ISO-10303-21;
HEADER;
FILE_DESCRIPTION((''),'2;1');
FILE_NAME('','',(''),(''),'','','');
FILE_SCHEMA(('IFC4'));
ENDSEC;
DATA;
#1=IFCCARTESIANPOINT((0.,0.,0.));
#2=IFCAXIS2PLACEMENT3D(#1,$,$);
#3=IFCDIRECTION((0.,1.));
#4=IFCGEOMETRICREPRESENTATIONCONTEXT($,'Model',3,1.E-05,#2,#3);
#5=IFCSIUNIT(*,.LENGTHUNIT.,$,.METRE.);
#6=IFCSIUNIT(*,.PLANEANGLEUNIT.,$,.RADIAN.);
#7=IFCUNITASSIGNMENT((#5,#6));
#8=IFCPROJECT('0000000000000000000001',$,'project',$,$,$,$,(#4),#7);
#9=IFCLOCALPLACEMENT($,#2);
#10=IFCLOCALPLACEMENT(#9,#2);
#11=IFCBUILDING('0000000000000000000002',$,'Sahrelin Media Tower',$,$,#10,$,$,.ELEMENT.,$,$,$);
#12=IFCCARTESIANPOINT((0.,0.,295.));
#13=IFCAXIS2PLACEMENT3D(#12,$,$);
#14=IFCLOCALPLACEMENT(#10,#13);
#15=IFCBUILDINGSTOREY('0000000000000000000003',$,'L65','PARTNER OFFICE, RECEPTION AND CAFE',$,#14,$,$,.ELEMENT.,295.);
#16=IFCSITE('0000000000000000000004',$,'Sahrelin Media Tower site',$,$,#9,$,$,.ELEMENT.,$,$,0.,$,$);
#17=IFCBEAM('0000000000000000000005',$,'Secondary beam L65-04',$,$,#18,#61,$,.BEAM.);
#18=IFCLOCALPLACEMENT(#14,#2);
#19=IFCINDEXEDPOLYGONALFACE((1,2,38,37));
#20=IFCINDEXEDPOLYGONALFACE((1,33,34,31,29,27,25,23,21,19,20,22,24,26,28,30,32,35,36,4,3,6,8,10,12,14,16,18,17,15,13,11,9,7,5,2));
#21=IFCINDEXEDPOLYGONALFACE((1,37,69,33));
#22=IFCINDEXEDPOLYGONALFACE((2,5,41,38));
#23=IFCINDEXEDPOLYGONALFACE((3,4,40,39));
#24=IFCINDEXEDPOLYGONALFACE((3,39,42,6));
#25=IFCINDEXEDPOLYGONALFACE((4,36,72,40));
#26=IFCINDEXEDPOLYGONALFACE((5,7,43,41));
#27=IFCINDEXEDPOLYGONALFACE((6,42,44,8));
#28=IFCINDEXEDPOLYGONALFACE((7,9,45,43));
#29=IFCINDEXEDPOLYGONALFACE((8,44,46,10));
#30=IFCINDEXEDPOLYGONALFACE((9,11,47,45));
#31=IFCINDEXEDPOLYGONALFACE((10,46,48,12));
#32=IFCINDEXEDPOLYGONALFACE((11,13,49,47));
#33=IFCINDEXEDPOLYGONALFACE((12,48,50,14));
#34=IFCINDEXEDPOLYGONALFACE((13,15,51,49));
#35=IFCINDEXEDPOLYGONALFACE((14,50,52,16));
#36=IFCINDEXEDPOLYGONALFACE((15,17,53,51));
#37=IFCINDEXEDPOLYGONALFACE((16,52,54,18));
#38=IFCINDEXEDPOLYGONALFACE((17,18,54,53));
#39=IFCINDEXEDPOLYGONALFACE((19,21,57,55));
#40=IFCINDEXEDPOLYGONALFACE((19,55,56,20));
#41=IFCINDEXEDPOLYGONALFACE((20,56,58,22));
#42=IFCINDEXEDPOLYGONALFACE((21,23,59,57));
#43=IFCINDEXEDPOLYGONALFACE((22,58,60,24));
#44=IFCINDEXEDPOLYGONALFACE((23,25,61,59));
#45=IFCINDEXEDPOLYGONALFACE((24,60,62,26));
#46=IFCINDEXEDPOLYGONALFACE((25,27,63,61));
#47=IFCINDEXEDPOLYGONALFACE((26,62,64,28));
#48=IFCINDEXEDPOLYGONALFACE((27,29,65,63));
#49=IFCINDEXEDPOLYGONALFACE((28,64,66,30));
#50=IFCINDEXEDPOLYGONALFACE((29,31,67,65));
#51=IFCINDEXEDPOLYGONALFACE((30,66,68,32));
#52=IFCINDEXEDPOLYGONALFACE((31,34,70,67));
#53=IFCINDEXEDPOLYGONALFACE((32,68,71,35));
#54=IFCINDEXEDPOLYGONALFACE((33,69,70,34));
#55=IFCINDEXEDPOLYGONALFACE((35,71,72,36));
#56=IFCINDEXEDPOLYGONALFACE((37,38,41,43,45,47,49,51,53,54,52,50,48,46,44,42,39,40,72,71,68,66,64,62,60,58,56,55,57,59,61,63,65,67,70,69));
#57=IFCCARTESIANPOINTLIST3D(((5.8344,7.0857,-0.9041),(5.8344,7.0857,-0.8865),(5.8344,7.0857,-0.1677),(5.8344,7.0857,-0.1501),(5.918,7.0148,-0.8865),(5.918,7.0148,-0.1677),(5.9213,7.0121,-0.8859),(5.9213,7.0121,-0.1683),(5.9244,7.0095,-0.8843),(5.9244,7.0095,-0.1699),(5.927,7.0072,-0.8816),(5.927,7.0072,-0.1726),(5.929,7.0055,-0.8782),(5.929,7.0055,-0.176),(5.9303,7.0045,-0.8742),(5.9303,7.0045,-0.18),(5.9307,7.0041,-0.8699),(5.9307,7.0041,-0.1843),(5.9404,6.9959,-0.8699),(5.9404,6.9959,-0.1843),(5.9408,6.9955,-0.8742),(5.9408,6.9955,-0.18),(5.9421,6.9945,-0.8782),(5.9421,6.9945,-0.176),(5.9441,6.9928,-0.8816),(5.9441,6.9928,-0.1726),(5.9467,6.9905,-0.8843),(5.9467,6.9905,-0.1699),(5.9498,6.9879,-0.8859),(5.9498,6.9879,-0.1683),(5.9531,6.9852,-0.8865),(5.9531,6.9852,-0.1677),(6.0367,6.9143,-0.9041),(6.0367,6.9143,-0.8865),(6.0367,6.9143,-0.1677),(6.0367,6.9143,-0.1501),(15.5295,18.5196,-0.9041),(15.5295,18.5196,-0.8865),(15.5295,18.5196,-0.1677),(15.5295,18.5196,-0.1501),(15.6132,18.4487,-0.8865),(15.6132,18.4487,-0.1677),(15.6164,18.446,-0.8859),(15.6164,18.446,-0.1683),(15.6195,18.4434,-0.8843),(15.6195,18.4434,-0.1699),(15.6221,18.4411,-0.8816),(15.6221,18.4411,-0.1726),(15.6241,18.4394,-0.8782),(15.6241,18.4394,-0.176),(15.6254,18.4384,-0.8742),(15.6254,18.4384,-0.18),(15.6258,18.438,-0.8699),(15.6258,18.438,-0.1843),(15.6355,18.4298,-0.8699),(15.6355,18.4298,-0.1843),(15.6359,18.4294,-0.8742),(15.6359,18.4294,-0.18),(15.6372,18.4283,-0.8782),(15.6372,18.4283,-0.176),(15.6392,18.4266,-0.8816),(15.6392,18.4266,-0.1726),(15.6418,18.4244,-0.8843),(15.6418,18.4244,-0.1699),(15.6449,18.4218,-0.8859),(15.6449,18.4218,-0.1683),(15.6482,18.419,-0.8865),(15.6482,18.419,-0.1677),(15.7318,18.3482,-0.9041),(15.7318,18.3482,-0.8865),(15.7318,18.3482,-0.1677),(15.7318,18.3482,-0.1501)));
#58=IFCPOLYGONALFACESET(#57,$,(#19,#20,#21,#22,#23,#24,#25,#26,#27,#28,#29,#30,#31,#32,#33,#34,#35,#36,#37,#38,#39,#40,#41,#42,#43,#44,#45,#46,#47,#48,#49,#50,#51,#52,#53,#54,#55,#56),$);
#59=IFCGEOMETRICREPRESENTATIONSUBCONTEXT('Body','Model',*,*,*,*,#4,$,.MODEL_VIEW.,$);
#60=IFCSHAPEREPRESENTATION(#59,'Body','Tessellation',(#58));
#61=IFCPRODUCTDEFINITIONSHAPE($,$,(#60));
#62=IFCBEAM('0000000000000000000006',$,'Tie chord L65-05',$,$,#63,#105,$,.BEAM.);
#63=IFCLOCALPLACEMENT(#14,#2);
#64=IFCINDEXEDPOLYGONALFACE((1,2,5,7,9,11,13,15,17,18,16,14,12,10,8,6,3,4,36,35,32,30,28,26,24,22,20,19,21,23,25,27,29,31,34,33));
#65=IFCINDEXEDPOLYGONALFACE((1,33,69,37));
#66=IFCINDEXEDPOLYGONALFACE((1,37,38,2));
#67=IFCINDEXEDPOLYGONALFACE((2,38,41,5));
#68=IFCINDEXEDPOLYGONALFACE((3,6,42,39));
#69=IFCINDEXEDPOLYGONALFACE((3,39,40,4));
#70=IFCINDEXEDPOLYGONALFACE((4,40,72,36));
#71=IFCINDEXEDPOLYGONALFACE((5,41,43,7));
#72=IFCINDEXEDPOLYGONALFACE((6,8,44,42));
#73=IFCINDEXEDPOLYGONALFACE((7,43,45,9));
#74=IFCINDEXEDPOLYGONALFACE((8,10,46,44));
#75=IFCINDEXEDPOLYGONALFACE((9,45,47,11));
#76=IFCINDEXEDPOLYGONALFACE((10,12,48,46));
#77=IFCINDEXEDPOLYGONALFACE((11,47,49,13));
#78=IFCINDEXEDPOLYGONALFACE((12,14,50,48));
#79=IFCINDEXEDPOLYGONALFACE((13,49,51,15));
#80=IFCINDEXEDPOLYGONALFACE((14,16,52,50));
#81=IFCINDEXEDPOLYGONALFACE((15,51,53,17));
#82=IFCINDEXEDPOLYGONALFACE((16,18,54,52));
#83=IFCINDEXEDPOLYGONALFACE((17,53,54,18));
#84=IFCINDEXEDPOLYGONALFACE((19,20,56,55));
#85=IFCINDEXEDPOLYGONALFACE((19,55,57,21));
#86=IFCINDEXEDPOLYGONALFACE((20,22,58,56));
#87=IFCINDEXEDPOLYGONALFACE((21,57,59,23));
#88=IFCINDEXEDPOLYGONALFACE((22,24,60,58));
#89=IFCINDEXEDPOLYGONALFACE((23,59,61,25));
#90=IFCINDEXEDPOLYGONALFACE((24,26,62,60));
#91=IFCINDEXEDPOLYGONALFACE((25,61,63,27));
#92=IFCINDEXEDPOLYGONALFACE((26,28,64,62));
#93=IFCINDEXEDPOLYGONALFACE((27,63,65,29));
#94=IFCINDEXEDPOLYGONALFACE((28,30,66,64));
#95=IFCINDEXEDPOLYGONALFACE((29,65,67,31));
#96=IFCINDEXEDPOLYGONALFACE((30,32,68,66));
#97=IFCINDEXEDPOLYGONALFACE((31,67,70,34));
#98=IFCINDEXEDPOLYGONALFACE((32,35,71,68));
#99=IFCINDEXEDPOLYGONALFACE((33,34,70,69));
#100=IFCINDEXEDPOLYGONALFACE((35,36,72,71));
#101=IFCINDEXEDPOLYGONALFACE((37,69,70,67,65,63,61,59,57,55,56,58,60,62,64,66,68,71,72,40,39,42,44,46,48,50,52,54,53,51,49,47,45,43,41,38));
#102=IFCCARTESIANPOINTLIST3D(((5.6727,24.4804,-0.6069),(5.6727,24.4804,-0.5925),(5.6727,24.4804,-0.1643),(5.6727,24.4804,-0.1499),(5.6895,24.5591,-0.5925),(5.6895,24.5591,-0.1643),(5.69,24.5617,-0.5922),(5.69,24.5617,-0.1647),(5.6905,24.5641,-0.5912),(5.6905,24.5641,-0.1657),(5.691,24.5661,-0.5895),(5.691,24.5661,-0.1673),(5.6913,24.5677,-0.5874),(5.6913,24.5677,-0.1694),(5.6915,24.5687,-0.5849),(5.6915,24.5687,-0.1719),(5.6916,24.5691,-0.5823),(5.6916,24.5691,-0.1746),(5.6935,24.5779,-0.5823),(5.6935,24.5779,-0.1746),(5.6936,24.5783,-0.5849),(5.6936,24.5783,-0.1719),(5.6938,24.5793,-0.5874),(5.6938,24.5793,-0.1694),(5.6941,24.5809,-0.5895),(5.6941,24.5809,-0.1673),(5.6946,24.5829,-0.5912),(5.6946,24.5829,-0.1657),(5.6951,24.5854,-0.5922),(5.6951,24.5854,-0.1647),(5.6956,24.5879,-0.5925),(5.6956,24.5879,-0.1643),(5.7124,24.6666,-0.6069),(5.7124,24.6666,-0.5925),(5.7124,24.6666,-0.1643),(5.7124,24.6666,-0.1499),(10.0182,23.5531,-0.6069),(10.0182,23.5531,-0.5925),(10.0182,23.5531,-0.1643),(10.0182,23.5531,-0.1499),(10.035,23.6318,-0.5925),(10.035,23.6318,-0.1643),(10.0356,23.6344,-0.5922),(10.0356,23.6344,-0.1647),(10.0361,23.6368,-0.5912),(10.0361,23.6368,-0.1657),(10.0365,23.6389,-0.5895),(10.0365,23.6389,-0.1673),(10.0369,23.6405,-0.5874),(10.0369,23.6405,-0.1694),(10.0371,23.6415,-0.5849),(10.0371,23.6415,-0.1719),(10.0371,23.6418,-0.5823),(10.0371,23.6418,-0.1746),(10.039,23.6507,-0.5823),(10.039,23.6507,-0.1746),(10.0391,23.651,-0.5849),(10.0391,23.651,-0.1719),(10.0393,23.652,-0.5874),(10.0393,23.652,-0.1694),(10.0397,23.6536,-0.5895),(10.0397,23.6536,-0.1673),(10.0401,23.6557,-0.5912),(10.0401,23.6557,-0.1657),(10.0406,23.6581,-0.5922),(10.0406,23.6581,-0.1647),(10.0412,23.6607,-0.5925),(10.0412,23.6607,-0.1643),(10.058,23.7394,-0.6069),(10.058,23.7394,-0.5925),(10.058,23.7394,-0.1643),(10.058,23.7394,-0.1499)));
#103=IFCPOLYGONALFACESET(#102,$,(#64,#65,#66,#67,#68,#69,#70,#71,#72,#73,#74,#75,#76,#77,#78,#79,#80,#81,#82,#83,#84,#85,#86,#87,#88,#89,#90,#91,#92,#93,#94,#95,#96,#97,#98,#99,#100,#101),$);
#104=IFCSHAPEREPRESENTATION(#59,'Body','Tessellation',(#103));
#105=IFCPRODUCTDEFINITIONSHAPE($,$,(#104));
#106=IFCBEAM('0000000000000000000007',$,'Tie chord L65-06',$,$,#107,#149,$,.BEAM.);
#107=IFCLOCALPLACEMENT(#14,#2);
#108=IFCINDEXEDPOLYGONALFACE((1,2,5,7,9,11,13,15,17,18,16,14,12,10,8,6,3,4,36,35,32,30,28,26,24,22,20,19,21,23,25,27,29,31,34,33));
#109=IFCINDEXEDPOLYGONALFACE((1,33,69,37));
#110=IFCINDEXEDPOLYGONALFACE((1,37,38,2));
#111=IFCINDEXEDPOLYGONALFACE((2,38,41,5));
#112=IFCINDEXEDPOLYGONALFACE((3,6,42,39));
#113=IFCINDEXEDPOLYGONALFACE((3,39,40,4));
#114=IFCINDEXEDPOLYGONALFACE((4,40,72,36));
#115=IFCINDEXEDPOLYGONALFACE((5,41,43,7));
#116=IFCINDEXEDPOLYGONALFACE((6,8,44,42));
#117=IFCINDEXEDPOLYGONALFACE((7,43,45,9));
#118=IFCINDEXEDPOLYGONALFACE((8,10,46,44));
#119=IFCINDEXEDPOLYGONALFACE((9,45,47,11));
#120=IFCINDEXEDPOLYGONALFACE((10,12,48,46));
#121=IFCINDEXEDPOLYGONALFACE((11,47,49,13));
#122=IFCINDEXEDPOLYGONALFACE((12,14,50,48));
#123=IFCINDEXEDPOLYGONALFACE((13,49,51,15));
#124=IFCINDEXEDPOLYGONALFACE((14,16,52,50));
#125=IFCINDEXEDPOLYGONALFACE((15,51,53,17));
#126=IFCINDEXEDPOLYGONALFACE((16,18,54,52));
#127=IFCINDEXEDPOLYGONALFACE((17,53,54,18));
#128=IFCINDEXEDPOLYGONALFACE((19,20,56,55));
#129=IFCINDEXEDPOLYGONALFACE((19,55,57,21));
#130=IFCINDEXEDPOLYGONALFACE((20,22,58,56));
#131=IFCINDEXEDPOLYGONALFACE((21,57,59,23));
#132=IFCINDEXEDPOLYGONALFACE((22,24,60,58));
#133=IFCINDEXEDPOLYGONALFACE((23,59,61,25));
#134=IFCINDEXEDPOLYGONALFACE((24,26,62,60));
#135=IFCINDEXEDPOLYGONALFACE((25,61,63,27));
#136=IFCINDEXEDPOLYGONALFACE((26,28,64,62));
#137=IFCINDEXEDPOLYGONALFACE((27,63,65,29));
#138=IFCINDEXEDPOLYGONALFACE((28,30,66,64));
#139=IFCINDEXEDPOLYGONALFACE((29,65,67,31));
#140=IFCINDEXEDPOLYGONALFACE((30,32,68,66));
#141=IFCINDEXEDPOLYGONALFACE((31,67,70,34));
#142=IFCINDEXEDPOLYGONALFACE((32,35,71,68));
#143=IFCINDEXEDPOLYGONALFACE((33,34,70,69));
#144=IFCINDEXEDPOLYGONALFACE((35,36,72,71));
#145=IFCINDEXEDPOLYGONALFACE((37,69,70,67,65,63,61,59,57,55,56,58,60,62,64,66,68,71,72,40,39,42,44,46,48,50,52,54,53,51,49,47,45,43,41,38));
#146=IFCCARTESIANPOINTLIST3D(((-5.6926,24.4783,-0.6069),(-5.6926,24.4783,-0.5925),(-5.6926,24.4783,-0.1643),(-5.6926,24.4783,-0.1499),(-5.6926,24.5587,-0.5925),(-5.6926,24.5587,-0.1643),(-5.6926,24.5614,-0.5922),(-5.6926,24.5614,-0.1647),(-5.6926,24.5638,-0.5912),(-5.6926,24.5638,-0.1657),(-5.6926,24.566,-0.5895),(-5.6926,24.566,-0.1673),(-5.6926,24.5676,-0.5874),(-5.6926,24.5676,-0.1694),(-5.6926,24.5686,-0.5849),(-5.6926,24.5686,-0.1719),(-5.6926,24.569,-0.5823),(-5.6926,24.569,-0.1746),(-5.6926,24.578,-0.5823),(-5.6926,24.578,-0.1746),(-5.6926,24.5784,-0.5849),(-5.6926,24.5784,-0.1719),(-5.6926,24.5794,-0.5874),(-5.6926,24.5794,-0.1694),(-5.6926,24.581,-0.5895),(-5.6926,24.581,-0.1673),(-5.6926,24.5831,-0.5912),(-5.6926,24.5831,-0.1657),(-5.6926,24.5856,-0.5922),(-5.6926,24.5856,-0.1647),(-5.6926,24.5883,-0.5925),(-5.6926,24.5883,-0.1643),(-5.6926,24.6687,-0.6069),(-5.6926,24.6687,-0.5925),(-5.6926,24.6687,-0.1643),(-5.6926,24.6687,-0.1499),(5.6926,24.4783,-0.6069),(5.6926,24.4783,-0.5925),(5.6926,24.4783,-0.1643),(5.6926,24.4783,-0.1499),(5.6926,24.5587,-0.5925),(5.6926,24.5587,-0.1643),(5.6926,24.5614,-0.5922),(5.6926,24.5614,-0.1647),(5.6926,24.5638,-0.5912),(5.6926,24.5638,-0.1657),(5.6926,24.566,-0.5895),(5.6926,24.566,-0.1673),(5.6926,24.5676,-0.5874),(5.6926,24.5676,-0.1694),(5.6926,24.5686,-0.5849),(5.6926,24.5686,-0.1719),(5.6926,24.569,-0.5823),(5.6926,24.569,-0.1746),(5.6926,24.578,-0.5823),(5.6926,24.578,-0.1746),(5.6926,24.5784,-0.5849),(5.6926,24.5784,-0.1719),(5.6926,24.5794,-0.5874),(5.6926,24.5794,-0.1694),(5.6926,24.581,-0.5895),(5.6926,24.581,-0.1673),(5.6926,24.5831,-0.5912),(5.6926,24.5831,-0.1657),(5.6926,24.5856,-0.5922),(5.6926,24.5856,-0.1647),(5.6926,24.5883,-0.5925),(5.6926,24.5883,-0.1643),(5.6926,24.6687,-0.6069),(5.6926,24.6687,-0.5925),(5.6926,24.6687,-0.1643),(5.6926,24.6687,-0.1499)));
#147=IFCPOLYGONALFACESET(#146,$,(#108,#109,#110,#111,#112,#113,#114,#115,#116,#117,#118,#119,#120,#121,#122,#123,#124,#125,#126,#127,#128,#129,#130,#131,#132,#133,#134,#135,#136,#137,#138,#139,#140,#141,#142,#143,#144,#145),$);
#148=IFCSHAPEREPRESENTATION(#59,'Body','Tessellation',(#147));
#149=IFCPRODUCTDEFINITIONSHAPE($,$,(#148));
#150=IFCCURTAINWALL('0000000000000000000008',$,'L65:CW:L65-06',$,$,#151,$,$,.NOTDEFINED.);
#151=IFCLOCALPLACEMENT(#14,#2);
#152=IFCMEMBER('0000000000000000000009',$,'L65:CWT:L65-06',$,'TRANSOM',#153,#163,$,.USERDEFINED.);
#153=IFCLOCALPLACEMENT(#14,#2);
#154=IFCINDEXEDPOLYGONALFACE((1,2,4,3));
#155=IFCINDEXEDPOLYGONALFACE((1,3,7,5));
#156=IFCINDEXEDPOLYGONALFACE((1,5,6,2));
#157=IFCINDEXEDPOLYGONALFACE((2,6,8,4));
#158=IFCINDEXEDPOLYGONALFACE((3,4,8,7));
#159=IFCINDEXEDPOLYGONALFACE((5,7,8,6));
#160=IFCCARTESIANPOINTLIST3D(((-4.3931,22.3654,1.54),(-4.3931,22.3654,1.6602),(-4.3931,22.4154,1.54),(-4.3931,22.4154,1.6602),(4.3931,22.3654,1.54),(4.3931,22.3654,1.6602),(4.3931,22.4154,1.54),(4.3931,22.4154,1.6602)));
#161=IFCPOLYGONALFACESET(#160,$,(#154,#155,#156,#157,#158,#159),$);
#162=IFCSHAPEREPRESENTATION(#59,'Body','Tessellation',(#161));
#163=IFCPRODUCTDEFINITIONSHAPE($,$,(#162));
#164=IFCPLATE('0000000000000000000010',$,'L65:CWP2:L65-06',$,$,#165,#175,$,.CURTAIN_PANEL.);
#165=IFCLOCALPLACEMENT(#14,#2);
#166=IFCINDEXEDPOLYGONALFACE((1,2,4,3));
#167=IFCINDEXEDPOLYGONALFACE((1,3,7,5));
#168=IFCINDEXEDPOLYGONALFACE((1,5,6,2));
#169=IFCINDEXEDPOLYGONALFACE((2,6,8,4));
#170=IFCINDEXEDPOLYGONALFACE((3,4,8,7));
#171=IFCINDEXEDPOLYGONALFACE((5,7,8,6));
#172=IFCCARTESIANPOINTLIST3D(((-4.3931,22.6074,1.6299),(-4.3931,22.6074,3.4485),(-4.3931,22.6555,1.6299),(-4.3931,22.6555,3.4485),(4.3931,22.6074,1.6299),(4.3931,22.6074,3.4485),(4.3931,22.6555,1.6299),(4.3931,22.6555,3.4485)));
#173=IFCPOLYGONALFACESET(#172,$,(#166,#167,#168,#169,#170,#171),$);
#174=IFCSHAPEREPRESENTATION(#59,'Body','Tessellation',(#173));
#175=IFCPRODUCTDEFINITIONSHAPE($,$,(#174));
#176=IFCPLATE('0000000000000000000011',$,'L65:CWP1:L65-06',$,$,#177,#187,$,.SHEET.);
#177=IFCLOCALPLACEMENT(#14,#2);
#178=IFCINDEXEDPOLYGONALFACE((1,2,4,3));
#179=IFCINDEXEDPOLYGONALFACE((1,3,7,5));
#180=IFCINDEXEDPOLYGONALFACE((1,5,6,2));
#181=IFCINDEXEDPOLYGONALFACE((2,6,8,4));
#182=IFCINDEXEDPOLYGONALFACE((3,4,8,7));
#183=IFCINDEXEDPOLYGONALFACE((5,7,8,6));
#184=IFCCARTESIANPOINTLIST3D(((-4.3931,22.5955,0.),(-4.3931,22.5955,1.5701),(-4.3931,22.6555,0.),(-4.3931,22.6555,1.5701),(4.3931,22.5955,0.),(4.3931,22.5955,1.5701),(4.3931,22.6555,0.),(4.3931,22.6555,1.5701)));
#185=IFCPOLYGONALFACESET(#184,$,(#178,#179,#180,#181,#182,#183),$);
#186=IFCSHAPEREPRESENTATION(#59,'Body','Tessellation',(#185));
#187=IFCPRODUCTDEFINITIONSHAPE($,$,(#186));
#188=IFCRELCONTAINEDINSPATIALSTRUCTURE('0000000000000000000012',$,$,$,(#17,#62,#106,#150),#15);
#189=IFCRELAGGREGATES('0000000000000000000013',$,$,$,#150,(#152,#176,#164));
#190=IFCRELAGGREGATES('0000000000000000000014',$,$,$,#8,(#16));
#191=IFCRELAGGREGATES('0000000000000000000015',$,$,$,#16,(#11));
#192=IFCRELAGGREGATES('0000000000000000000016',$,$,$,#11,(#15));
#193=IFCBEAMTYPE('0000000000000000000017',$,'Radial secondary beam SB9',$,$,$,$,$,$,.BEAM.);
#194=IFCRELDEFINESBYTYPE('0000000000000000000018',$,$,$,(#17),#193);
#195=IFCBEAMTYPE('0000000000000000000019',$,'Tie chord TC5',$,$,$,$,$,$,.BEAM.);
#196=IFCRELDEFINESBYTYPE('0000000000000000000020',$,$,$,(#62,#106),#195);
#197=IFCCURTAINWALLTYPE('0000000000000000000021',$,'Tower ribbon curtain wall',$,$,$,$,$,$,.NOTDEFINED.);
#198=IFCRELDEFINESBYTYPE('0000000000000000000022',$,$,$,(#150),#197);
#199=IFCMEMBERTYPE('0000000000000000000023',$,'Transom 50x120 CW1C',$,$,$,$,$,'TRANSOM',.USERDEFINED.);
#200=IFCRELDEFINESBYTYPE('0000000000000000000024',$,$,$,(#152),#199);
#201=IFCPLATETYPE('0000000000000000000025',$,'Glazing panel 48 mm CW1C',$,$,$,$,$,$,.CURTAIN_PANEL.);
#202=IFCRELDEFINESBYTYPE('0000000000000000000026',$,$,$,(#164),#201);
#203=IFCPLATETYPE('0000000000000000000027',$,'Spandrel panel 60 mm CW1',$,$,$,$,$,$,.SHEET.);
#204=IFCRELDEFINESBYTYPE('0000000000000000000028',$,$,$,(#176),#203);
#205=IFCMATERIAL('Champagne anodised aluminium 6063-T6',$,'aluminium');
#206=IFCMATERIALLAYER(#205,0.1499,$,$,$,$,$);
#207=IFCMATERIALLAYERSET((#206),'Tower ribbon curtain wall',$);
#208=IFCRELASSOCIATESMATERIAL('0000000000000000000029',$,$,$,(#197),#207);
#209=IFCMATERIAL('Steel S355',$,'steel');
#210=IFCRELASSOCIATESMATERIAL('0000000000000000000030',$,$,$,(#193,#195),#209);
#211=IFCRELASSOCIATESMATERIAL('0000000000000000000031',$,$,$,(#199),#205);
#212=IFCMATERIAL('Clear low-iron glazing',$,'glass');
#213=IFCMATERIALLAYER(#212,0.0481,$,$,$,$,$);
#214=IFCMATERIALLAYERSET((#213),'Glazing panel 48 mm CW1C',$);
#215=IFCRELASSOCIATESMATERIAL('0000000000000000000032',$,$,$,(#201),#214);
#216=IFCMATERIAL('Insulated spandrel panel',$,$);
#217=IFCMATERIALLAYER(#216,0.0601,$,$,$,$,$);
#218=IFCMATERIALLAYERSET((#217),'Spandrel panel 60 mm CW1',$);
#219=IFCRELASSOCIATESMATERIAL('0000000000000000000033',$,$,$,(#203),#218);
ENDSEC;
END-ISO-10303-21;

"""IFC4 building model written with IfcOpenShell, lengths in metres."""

from ifc_helpers import new_model, si_unit, direction, frame, origin, origin_2d, place, context, subcontext, project, spatial, polyline, rectangle, i_section, outline, extrude, material, layer, layer_set, material_profile, profile_set, type_object, element, aggregate, save


model = new_model("IFC4")

# Units and contexts
model_context = context("Model", 3, precision=1e-05, world=origin(), true_north=direction((0.0, 1.0)))
body_context = subcontext(model_context, "Body", "Model", "MODEL_VIEW")
ifc_project = project(units=[si_unit("LENGTHUNIT", "METRE"), si_unit("PLANEANGLEUNIT", "RADIAN")], contexts=[model_context])

# Site, building, storey
site_placement = place(None, origin())
site = spatial("IfcSite", under=ifc_project, at=site_placement, Name="Sahrelin Media Tower site", CompositionType="ELEMENT", RefElevation=0.0)
building_placement = place(site_placement, origin())
building = spatial("IfcBuilding", under=site, at=building_placement, Name="Sahrelin Media Tower", CompositionType="ELEMENT")
storey_placement = place(building_placement, frame((0.0, 0.0, 295.0)))
storey = spatial("IfcBuildingStorey", under=building, at=storey_placement, Name="L65", Description="PARTNER OFFICE, RECEPTION AND CAFE", CompositionType="ELEMENT", Elevation=295.0)

# Shared definitions
ifc_material_1 = material(Name="Steel S355", Category="steel")

# Shared definitions
ifc_material_2 = material(Name="Champagne anodised aluminium 6063-T6", Category="aluminium")
ifc_layer_1 = layer(ifc_material_2, 0.1499)
ifc_layer_set_1 = layer_set([ifc_layer_1], Name="Tower ribbon curtain wall")
curtain_wall_type = type_object("IfcCurtainWallType", Name="Tower ribbon curtain wall", PredefinedType="NOTDEFINED", material=ifc_layer_set_1)

# Beams
ifc_material_profile_1 = material_profile(ifc_material_1, i_section(OverallWidth=0.2651, OverallDepth=0.7539, WebThickness=0.0127, FlangeThickness=0.0176, FilletRadius=0.0166, at=origin_2d()), Name="UB 762x267x147")
ifc_profile_set_1 = profile_set([ifc_material_profile_1], Name="Steel S355")
beam_type_1 = type_object("IfcBeamType", Name="Radial secondary beam SB9", PredefinedType="BEAM", material=ifc_profile_set_1)
beam_1_placement = place(storey_placement, frame((5.9355, 7.0, -0.5271), z_axis=(0.64673, 0.762719, 0.0), x_axis=(-0.762719, 0.64673, 0.0)))
element("IfcBeam", 1, at=beam_1_placement, inside=storey, type_object=beam_type_1, Name="Secondary beam L65-04", PredefinedType="BEAM", context=body_context, shape_type="SweptSolid", body=[
    extrude(i_section(OverallWidth=0.2651, OverallDepth=0.7539, WebThickness=0.0127, FlangeThickness=0.0176, FilletRadius=0.0166, at=origin_2d()), origin(), (0.0, 0.0, 1.0), 14.991),
])
ifc_material_profile_2 = material_profile(ifc_material_1, i_section(OverallWidth=0.1904, OverallDepth=0.457, WebThickness=0.009, FlangeThickness=0.0144, FilletRadius=0.0103, at=origin_2d()), Name="UB 457x191x74")
ifc_profile_set_2 = profile_set([ifc_material_profile_2], Name="Steel S355")
beam_type_2 = type_object("IfcBeamType", Name="Tie chord TC5", PredefinedType="BEAM", material=ifc_profile_set_2)
beam_2_placement = place(storey_placement, frame((10.0381, 23.6462, -0.3784), z_axis=(-0.977983, 0.208685, 0.0), x_axis=(-0.208685, -0.977983, 0.0)))
element("IfcBeam", 2, at=beam_2_placement, inside=storey, type_object=beam_type_2, Name="Tie chord L65-05", PredefinedType="BEAM", context=body_context, shape_type="SweptSolid", body=[
    extrude(i_section(OverallWidth=0.1904, OverallDepth=0.457, WebThickness=0.009, FlangeThickness=0.0144, FilletRadius=0.0103, at=origin_2d()), origin(), (0.0, 0.0, 1.0), 4.4434),
])
beam_3_placement = place(storey_placement, frame((5.6926, 24.5735, -0.3784), z_axis=(-1.0, 0.0, 0.0), x_axis=(0.0, -1.0, 0.0)))
element("IfcBeam", 3, at=beam_3_placement, inside=storey, type_object=beam_type_2, Name="Tie chord L65-06", PredefinedType="BEAM", context=body_context, shape_type="SweptSolid", body=[
    extrude(i_section(OverallWidth=0.1904, OverallDepth=0.457, WebThickness=0.009, FlangeThickness=0.0144, FilletRadius=0.0103, at=origin_2d()), origin(), (0.0, 0.0, 1.0), 11.3853),
])

# Curtain wall, member, plates
placement_1 = place(storey_placement, frame((0.0, 22.6355, 0.0), z_axis=(0.0, 0.0, 1.0), x_axis=(1.0, 0.0, 0.0)))
curtain_wall_1 = element("IfcCurtainWall", 4, at=placement_1, inside=storey, type_object=curtain_wall_type, Name="L65:CW:L65-06", PredefinedType="NOTDEFINED")
ifc_material_profile_3 = material_profile(ifc_material_2, rectangle(XDim=0.05, YDim=0.1201, at=origin_2d()), Name="Transom 50x120")
ifc_profile_set_3 = profile_set([ifc_material_profile_3], Name="Champagne anodised aluminium 6063-T6")
member_type_1 = type_object("IfcMemberType", Name="Transom 50x120 CW1C", ElementType="TRANSOM", PredefinedType="USERDEFINED", material=ifc_profile_set_3)
member_1_placement = place(storey_placement, frame((4.3931, 22.3904, 1.6001), z_axis=(-1.0, 0.0, 0.0), x_axis=(0.0, -1.0, 0.0)))
member_1 = element("IfcMember", 5, at=member_1_placement, type_object=member_type_1, Name="L65:CWT:L65-06", ObjectType="TRANSOM", PredefinedType="USERDEFINED", context=body_context, shape_type="SweptSolid", body=[
    extrude(rectangle(XDim=0.05, YDim=0.1201, at=origin_2d()), origin(), (0.0, 0.0, 1.0), 8.7861),
])
ifc_material_3 = material(Name="Clear low-iron glazing", Category="glass")
ifc_layer_2 = layer(ifc_material_3, 0.0481)
ifc_layer_set_2 = layer_set([ifc_layer_2], Name="Glazing panel 48 mm CW1C")
plate_type_1 = type_object("IfcPlateType", Name="Glazing panel 48 mm CW1C", PredefinedType="CURTAIN_PANEL", material=ifc_layer_set_2)
plate_1_placement = place(storey_placement, frame((4.3931, 22.6555, 1.6299), z_axis=(0.0, 1.0, 0.0), x_axis=(-1.0, 0.0, 0.0)))
plate_1 = element("IfcPlate", 6, at=plate_1_placement, type_object=plate_type_1, Name="L65:CWP2:L65-06", PredefinedType="CURTAIN_PANEL", context=body_context, shape_type="SweptSolid", body=[
    extrude(outline(polyline([(0.0, 0.0), (8.7861, 0.0), (8.7861, 1.8186), (0.0, 1.8186), (0.0, 0.0)])), origin(), (0.0, 0.0, -1.0), 0.0481),
])
ifc_material_4 = material(Name="Insulated spandrel panel")
ifc_layer_3 = layer(ifc_material_4, 0.0601)
ifc_layer_set_3 = layer_set([ifc_layer_3], Name="Spandrel panel 60 mm CW1")
plate_type_2 = type_object("IfcPlateType", Name="Spandrel panel 60 mm CW1", PredefinedType="SHEET", material=ifc_layer_set_3)
plate_2_placement = place(storey_placement, frame((4.3931, 22.6555, 0.0), z_axis=(0.0, 1.0, 0.0), x_axis=(-1.0, 0.0, 0.0)))
plate_2 = element("IfcPlate", 7, at=plate_2_placement, type_object=plate_type_2, Name="L65:CWP1:L65-06", PredefinedType="SHEET", context=body_context, shape_type="SweptSolid", body=[
    extrude(outline(polyline([(0.0, 0.0), (8.7861, 0.0), (8.7861, 1.5701), (0.0, 1.5701), (0.0, 0.0)])), origin(), (0.0, 0.0, -1.0), 0.0601),
])
aggregate(curtain_wall_1, [member_1, plate_2, plate_1])

save(model, "model.ifc")
